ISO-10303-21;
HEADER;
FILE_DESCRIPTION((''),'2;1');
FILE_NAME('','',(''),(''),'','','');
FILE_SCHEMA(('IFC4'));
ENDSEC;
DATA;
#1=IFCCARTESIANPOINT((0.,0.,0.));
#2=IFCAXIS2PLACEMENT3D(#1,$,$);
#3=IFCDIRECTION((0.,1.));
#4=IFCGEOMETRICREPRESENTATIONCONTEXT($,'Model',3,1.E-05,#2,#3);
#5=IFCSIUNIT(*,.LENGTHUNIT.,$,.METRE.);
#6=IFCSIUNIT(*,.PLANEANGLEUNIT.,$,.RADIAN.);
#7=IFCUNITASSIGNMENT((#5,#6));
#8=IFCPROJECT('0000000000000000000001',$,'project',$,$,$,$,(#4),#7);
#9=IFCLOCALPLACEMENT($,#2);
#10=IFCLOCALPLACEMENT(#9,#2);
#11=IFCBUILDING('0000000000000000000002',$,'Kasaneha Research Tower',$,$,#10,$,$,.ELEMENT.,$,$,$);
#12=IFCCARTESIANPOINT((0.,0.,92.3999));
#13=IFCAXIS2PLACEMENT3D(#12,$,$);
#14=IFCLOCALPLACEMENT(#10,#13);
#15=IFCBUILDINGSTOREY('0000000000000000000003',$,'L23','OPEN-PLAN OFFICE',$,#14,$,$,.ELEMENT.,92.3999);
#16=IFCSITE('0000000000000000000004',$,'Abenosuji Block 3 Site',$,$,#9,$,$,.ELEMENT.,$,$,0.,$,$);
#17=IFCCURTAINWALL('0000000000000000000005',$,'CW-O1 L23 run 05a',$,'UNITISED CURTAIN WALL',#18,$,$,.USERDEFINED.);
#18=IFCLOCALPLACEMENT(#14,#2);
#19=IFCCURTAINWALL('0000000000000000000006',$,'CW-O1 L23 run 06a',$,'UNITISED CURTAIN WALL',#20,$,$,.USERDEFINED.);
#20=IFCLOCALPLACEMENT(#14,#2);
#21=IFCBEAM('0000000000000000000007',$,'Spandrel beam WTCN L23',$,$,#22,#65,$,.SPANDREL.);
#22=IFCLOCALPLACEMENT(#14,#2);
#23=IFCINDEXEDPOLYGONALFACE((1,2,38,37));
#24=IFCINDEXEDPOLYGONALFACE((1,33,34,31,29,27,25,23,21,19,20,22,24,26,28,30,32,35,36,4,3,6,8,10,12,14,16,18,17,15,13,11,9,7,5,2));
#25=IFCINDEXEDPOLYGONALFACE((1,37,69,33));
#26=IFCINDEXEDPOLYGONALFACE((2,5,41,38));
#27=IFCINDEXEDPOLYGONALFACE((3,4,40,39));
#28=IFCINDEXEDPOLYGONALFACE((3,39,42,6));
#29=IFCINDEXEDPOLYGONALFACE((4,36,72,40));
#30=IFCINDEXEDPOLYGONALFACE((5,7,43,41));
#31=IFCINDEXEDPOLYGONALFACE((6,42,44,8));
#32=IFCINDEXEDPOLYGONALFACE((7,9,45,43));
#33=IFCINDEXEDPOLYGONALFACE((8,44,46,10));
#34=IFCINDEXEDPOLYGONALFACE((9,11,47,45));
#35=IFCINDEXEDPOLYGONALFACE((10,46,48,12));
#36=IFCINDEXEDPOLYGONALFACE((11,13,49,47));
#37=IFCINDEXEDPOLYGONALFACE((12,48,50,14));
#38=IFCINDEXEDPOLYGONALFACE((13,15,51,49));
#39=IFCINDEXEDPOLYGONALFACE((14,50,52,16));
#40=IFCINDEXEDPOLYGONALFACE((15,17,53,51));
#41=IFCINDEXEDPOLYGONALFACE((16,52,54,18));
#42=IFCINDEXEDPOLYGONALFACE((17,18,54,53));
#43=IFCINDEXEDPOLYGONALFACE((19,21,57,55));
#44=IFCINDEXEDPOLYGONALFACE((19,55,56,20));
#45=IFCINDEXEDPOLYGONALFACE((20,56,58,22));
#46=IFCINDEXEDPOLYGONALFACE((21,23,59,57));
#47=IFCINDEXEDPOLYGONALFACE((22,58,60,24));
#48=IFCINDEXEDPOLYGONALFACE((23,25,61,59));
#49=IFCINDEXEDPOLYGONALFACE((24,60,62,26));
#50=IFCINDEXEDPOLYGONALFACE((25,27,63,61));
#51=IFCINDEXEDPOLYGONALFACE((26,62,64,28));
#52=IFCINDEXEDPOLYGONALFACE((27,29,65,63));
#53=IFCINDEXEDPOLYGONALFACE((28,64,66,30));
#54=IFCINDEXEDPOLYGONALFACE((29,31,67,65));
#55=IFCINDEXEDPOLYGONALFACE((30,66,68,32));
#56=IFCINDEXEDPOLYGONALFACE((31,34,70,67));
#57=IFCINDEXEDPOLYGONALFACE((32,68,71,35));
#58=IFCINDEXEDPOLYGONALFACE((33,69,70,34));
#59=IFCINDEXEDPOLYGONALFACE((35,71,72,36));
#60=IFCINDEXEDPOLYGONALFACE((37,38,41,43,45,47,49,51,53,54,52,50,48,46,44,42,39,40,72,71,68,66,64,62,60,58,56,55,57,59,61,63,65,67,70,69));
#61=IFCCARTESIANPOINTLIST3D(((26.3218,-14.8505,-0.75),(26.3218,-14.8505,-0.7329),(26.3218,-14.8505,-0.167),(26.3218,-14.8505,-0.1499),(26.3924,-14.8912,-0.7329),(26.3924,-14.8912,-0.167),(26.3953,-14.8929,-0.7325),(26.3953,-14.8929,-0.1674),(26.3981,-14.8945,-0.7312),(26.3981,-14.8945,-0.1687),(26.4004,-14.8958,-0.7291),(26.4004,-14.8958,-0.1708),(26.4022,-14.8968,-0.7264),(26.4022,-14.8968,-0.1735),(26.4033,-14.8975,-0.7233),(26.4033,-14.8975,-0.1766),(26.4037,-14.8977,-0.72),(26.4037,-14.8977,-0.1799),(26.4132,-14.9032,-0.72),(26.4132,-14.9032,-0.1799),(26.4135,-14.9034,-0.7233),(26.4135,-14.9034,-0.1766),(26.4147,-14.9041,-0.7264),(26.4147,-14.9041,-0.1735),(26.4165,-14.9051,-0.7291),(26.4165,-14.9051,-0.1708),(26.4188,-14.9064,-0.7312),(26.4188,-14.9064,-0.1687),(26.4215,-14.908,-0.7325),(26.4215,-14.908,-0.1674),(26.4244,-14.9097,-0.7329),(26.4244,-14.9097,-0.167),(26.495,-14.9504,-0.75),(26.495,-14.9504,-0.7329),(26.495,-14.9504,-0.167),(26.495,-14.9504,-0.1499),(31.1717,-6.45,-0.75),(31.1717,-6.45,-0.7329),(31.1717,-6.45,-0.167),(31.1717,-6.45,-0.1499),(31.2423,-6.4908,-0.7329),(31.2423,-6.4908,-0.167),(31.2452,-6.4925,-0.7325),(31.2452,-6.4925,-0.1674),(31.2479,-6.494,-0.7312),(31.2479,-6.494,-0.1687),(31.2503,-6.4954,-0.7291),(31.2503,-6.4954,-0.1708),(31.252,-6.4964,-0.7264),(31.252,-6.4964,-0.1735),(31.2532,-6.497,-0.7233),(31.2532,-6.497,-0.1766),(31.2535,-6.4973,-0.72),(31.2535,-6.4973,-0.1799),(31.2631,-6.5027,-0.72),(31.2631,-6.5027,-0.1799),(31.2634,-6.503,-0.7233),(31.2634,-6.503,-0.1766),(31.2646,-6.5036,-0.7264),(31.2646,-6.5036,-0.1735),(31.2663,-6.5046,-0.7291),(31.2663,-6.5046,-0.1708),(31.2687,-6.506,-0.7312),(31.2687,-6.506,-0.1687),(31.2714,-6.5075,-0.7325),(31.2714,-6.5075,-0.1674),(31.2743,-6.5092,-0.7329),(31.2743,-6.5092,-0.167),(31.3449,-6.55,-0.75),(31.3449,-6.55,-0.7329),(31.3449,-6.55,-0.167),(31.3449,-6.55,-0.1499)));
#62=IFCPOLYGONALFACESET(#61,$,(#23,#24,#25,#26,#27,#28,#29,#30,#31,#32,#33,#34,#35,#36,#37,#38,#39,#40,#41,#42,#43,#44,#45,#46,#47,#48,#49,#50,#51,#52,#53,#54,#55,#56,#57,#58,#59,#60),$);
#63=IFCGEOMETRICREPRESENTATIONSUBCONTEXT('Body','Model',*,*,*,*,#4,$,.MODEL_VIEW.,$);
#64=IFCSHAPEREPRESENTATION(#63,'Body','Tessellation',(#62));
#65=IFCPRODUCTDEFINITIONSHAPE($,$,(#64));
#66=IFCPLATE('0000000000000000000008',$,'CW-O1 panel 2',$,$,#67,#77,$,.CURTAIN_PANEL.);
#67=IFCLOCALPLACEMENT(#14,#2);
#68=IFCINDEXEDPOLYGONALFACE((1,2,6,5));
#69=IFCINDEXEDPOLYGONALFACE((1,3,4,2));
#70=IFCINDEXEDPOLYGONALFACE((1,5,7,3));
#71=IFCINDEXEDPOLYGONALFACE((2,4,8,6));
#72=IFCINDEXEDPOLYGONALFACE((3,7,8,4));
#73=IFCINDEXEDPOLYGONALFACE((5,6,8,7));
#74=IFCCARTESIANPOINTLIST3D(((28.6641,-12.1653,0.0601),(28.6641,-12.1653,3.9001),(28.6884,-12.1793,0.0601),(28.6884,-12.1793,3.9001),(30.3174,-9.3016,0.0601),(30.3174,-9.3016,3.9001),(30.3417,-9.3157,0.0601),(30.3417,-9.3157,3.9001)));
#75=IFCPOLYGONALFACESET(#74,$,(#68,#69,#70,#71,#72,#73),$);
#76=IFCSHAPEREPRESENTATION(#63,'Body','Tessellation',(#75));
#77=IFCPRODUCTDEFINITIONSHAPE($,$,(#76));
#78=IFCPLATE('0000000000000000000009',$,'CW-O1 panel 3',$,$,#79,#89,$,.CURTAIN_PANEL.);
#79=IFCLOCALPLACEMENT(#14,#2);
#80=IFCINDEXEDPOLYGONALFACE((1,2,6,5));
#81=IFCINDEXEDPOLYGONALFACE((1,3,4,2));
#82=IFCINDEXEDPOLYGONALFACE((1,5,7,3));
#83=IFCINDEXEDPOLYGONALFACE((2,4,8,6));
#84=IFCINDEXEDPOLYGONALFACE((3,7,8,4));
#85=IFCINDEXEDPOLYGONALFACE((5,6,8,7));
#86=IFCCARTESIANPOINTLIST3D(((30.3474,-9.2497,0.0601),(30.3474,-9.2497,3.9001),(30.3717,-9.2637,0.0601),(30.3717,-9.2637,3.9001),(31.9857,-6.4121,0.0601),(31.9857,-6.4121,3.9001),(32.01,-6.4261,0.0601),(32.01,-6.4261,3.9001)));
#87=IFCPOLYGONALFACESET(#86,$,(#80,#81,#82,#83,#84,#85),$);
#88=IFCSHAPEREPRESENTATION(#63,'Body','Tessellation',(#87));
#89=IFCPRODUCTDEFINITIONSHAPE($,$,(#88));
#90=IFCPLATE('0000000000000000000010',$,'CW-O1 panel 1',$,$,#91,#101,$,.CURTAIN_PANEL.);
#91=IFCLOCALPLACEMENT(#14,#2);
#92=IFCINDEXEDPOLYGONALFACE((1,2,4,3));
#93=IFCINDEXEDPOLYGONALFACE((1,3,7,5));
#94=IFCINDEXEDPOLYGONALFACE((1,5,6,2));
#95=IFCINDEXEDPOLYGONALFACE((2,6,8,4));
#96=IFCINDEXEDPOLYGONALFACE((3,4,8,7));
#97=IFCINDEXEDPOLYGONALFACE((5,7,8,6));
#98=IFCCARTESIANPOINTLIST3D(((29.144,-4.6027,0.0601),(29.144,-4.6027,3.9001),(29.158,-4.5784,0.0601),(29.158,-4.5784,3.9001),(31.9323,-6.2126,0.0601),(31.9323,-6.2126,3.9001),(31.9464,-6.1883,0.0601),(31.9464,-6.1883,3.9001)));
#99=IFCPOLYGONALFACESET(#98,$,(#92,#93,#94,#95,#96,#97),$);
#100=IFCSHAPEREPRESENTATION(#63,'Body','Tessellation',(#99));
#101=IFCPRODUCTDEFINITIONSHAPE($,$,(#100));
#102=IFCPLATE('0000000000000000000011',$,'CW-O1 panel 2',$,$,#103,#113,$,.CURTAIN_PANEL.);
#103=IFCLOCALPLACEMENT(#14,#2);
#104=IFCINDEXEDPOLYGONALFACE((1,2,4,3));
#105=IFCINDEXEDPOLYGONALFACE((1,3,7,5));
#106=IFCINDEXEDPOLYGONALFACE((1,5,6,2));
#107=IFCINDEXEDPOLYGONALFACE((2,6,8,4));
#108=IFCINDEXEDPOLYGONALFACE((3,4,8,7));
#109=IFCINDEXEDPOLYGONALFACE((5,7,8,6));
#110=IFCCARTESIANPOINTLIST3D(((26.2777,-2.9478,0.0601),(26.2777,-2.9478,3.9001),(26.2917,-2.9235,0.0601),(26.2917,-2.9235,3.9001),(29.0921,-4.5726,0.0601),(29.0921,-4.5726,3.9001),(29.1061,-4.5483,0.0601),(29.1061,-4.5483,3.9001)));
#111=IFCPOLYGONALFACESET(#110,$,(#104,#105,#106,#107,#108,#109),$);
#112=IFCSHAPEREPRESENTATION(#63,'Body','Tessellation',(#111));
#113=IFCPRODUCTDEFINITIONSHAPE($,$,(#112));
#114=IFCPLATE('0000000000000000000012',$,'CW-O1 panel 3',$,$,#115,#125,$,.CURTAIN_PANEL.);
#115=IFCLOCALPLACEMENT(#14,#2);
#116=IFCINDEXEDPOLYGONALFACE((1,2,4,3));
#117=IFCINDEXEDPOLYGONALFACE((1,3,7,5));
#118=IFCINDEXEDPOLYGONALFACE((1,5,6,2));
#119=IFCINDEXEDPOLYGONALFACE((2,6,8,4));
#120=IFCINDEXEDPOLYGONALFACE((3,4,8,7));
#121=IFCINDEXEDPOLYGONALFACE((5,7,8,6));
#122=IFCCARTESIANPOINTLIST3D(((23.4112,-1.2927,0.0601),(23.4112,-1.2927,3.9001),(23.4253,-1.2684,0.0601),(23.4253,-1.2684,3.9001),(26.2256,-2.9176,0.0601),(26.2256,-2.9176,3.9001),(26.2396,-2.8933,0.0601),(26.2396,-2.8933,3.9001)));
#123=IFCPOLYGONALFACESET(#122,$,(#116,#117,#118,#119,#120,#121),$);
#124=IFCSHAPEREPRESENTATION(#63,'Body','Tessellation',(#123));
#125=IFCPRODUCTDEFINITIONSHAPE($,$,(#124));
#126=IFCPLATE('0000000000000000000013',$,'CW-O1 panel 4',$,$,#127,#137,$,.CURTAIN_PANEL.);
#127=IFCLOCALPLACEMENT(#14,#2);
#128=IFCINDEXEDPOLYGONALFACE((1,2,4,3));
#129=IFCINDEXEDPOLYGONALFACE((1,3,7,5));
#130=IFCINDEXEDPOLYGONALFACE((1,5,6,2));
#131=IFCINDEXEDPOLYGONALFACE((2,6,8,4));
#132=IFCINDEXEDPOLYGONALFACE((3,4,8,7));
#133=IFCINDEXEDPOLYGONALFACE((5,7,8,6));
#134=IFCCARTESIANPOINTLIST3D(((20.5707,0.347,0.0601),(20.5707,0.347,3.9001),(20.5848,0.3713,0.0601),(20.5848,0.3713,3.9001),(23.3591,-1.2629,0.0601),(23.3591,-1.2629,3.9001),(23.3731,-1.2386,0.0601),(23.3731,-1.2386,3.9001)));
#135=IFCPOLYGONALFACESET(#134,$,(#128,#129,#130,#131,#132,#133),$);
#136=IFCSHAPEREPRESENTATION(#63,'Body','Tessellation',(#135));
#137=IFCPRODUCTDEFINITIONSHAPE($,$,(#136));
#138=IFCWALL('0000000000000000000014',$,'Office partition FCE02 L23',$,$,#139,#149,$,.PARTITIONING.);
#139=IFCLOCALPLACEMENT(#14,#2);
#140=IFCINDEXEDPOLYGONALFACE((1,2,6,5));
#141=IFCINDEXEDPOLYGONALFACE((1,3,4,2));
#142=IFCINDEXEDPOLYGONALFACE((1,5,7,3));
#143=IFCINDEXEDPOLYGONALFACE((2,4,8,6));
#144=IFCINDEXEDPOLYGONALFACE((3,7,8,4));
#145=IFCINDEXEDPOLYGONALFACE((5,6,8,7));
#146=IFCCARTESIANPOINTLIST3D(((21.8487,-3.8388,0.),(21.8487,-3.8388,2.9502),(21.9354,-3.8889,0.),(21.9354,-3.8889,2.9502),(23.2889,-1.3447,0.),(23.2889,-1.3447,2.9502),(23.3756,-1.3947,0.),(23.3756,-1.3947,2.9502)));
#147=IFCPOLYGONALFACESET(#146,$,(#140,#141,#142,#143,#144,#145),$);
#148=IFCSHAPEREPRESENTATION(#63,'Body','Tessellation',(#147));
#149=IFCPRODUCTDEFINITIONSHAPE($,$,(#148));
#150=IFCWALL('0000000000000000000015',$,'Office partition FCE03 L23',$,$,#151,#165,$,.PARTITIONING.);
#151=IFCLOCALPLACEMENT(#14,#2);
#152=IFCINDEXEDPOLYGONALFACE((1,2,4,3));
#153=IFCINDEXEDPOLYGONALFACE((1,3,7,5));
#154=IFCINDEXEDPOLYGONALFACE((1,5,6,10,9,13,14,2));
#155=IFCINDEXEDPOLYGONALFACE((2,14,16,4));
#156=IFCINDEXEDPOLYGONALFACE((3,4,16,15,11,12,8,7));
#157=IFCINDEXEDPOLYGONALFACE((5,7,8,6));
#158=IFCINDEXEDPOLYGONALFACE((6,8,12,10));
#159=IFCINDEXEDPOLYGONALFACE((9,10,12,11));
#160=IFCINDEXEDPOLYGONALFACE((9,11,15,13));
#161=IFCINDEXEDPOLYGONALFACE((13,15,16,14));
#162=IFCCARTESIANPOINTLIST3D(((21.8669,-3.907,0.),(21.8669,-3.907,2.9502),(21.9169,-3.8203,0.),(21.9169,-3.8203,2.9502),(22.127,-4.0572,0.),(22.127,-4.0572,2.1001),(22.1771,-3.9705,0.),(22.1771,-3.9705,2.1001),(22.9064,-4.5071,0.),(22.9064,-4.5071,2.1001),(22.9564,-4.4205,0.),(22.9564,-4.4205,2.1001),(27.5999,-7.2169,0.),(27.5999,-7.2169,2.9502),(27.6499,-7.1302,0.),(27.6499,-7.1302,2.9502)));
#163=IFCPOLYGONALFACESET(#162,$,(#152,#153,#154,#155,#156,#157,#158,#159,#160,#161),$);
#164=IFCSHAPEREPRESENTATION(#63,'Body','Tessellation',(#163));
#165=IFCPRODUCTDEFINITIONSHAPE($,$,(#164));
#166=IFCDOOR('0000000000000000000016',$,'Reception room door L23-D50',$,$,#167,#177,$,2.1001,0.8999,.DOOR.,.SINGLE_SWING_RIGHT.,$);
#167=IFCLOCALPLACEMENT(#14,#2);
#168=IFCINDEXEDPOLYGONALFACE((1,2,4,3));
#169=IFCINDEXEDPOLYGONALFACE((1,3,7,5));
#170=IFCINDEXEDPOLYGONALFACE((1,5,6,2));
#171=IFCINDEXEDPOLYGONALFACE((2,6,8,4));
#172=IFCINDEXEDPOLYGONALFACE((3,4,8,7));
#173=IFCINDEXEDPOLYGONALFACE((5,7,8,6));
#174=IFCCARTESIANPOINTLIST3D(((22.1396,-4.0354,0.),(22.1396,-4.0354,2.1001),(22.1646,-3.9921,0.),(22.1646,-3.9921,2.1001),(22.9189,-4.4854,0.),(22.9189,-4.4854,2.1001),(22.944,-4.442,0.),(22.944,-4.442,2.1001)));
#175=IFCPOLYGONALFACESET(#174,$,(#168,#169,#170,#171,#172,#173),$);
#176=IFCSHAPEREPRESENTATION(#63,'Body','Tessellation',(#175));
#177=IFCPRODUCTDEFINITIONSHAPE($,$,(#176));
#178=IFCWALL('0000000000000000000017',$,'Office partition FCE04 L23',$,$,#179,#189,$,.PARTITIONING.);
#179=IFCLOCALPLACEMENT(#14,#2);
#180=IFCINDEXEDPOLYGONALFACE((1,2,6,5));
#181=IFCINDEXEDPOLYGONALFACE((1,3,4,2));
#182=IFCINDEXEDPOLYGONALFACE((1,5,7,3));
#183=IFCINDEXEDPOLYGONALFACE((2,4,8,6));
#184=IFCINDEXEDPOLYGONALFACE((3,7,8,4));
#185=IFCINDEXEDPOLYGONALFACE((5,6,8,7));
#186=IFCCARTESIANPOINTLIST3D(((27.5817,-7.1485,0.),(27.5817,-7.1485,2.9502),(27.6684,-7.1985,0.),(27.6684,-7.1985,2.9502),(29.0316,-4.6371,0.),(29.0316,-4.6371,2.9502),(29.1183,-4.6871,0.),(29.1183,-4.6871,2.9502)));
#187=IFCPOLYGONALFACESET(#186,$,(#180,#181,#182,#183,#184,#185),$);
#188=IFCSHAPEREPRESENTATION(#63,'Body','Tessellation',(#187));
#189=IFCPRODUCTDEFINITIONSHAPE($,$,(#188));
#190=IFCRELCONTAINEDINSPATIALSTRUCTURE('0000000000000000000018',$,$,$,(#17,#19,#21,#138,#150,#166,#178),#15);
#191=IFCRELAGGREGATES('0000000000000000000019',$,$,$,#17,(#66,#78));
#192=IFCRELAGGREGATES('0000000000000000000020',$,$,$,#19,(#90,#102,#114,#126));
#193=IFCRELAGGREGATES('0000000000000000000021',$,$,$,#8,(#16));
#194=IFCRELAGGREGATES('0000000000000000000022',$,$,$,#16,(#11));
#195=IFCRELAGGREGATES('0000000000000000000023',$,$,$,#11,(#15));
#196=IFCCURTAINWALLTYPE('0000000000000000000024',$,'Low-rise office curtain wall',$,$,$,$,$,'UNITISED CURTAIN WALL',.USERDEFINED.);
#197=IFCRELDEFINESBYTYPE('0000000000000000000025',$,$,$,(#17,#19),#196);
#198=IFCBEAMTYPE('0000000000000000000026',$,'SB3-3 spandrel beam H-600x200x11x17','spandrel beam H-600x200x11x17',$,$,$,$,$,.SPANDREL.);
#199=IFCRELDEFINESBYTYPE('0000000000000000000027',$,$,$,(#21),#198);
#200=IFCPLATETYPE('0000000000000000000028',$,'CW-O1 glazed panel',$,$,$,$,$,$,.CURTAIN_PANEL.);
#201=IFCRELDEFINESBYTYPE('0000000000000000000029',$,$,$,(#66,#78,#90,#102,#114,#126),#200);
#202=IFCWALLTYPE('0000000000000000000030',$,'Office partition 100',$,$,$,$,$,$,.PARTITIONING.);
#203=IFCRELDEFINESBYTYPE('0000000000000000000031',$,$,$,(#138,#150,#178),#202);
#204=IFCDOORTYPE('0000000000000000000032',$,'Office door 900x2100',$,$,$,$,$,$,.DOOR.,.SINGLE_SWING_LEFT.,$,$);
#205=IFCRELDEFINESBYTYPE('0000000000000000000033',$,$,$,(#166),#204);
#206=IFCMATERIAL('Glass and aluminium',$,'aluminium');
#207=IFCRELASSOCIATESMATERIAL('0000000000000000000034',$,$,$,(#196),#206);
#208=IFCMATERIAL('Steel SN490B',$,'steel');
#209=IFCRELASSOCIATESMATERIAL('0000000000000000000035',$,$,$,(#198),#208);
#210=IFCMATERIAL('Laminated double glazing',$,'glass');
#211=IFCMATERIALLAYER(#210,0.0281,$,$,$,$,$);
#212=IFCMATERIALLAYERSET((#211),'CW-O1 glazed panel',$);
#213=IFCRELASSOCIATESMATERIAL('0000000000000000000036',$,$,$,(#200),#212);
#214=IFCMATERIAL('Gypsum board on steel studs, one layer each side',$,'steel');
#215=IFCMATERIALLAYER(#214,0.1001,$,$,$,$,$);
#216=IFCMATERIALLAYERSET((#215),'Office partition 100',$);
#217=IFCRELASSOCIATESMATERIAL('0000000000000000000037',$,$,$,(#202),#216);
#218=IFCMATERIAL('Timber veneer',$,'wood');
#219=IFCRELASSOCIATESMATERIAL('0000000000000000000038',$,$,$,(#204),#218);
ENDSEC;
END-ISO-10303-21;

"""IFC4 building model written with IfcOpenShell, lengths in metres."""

from ifc_helpers import new_model, si_unit, direction, frame, frame_2d, origin, origin_2d, place, context, subcontext, project, spatial, rectangle, i_section, extrude, material, layer, layer_set, material_profile, profile_set, type_object, element, fill, aggregate, save


model = new_model("IFC4")

# Units and contexts
model_context = context("Model", 3, precision=1e-05, world=origin(), true_north=direction((0.0, 1.0)))
body_context = subcontext(model_context, "Body", "Model", "MODEL_VIEW")
ifc_project = project(units=[si_unit("LENGTHUNIT", "METRE"), si_unit("PLANEANGLEUNIT", "RADIAN")], contexts=[model_context])

# Site, building, storey
site_placement = place(None, origin())
site = spatial("IfcSite", under=ifc_project, at=site_placement, Name="Abenosuji Block 3 Site", CompositionType="ELEMENT", RefElevation=0.0)
building_placement = place(site_placement, origin())
building = spatial("IfcBuilding", under=site, at=building_placement, Name="Kasaneha Research Tower", CompositionType="ELEMENT")
storey_placement = place(building_placement, frame((0.0, 0.0, 92.3999)))
storey = spatial("IfcBuildingStorey", under=building, at=storey_placement, Name="L23", Description="OPEN-PLAN OFFICE", CompositionType="ELEMENT", Elevation=92.3999)

# Curtain walls
ifc_material_1 = material(Name="Glass and aluminium", Category="aluminium")
curtain_wall_type = type_object("IfcCurtainWallType", Name="Low-rise office curtain wall", ElementType="UNITISED CURTAIN WALL", PredefinedType="USERDEFINED", material=ifc_material_1)
curtain_wall_1_placement = place(storey_placement, origin())
curtain_wall_1 = element("IfcCurtainWall", 1, at=curtain_wall_1_placement, inside=storey, type_object=curtain_wall_type, Name="CW-O1 L23 run 05a", ObjectType="UNITISED CURTAIN WALL", PredefinedType="USERDEFINED")
curtain_wall_2_placement = place(storey_placement, origin())
curtain_wall_2 = element("IfcCurtainWall", 2, at=curtain_wall_2_placement, inside=storey, type_object=curtain_wall_type, Name="CW-O1 L23 run 06a", ObjectType="UNITISED CURTAIN WALL", PredefinedType="USERDEFINED")

# Beam
ifc_material_2 = material(Name="Steel SN490B", Category="steel")
ifc_material_profile_1 = material_profile(ifc_material_2, i_section(OverallWidth=0.2, OverallDepth=0.6001, WebThickness=0.011, FlangeThickness=0.0171, FilletRadius=0.0129, at=origin_2d()), Name="H-600x200x11x17")
ifc_profile_set_1 = profile_set([ifc_material_profile_1], Name="Steel SN490B")
beam_type_1 = type_object("IfcBeamType", Name="SB3-3 spandrel beam H-600x200x11x17", Description="spandrel beam H-600x200x11x17", PredefinedType="SPANDREL", material=ifc_profile_set_1)
beam_1_placement = place(storey_placement, frame((31.2583, -6.5, -0.45), z_axis=(-0.499991, -0.866031, 0.0), x_axis=(0.866031, -0.499991, 0.0)))
element("IfcBeam", 3, at=beam_1_placement, inside=storey, type_object=beam_type_1, Name="Spandrel beam WTCN L23", PredefinedType="SPANDREL", context=body_context, shape_type="SweptSolid", body=[
    extrude(i_section(OverallWidth=0.2, OverallDepth=0.6001, WebThickness=0.011, FlangeThickness=0.0171, FilletRadius=0.0129, at=origin_2d()), origin(), (0.0, 0.0, 1.0), 9.7),
])

# Plates
ifc_material_3 = material(Name="Laminated double glazing", Category="glass")
ifc_layer_1 = layer(ifc_material_3, 0.0281)
ifc_layer_set_1 = layer_set([ifc_layer_1], Name="CW-O1 glazed panel")
plate_type = type_object("IfcPlateType", Name="CW-O1 glazed panel", PredefinedType="CURTAIN_PANEL", material=ifc_layer_set_1)
plate_1_placement = place(storey_placement, frame((29.5029, -10.7405, 0.0601), z_axis=(0.0, 0.0, 1.0), x_axis=(0.5, 0.866025, 0.0)))
plate_1 = element("IfcPlate", 4, at=plate_1_placement, type_object=plate_type, Name="CW-O1 panel 2", PredefinedType="CURTAIN_PANEL", context=body_context, shape_type="SweptSolid", body=[
    extrude(rectangle(XDim=3.3066, YDim=0.0281, at=origin_2d()), origin(), (0.0, 0.0, 1.0), 3.8401),
])
plate_2_placement = place(storey_placement, frame((31.1787, -7.8379, 0.0601), z_axis=(0.0, 0.0, 1.0), x_axis=(0.5, 0.866025, 0.0)))
plate_2 = element("IfcPlate", 5, at=plate_2_placement, type_object=plate_type, Name="CW-O1 panel 3", PredefinedType="CURTAIN_PANEL", context=body_context, shape_type="SweptSolid", body=[
    extrude(rectangle(XDim=3.2766, YDim=0.0281, at=origin_2d()), origin(), (0.0, 0.0, 1.0), 3.8401),
])
aggregate(curtain_wall_1, [plate_1, plate_2])
plate_3_placement = place(storey_placement, frame((30.5452, -5.3955, 0.0601), z_axis=(0.0, 0.0, 1.0), x_axis=(-0.866025, 0.5, 0.0)))
plate_3 = element("IfcPlate", 6, at=plate_3_placement, type_object=plate_type, Name="CW-O1 panel 1", PredefinedType="CURTAIN_PANEL", context=body_context, shape_type="SweptSolid", body=[
    extrude(rectangle(XDim=3.2197, YDim=0.0281, at=origin_2d()), origin(), (0.0, 0.0, 1.0), 3.8401),
])
plate_4_placement = place(storey_placement, frame((27.6919, -3.748, 0.0601), z_axis=(0.0, 0.0, 1.0), x_axis=(-0.866025, 0.5, 0.0)))
plate_4 = element("IfcPlate", 7, at=plate_4_placement, type_object=plate_type, Name="CW-O1 panel 2", PredefinedType="CURTAIN_PANEL", context=body_context, shape_type="SweptSolid", body=[
    extrude(rectangle(XDim=3.2498, YDim=0.0281, at=origin_2d()), origin(), (0.0, 0.0, 1.0), 3.8401),
])
plate_5_placement = place(storey_placement, frame((24.8254, -2.093, 0.0601), z_axis=(0.0, 0.0, 1.0), x_axis=(-0.866025, 0.5, 0.0)))
plate_5 = element("IfcPlate", 8, at=plate_5_placement, type_object=plate_type, Name="CW-O1 panel 3", PredefinedType="CURTAIN_PANEL", context=body_context, shape_type="SweptSolid", body=[
    extrude(rectangle(XDim=3.2498, YDim=0.0281, at=origin_2d()), origin(), (0.0, 0.0, 1.0), 3.8401),
])
plate_6_placement = place(storey_placement, frame((21.9719, -0.4458, 0.0601), z_axis=(0.0, 0.0, 1.0), x_axis=(-0.866025, 0.5, 0.0)))
plate_6 = element("IfcPlate", 9, at=plate_6_placement, type_object=plate_type, Name="CW-O1 panel 4", PredefinedType="CURTAIN_PANEL", context=body_context, shape_type="SweptSolid", body=[
    extrude(rectangle(XDim=3.2197, YDim=0.0281, at=origin_2d()), origin(), (0.0, 0.0, 1.0), 3.8401),
])
aggregate(curtain_wall_2, [plate_3, plate_4, plate_5, plate_6])

# Wall
ifc_material_4 = material(Name="Gypsum board on steel studs, one layer each side", Category="steel")
ifc_layer_2 = layer(ifc_material_4, 0.1001)
ifc_layer_set_2 = layer_set([ifc_layer_2], Name="Office partition 100")
wall_type_1 = type_object("IfcWallType", Name="Office partition 100", PredefinedType="PARTITIONING", material=ifc_layer_set_2)
wall_1_placement = place(storey_placement, frame((21.8921, -3.8638, 0.0), z_axis=(0.0, 0.0, 1.0), x_axis=(0.50005, 0.865996, 0.0)))
element("IfcWall", 10, at=wall_1_placement, inside=storey, type_object=wall_type_1, Name="Office partition FCE02 L23", PredefinedType="PARTITIONING", context=body_context, shape_type="SweptSolid", body=[
    extrude(rectangle(XDim=2.8801, YDim=0.1001, at=frame_2d((1.4399, 0.0))), origin(), (0.0, 0.0, 1.0), 2.9502),
])

# Wall, opening, door
wall_2_placement = place(storey_placement, frame((27.625, -7.1736, 0.0), z_axis=(0.0, 0.0, 1.0), x_axis=(-0.866031, 0.499991, 0.0)))
wall_2 = element("IfcWall", 11, at=wall_2_placement, inside=storey, type_object=wall_type_1, Name="Office partition FCE03 L23", PredefinedType="PARTITIONING", context=body_context, shape_type="SweptSolid", body=[
    extrude(rectangle(XDim=6.6199, YDim=0.1001, at=frame_2d((3.3101, 0.0))), origin(), (0.0, 0.0, 1.0), 2.9502),
])
opening_placement = place(wall_2_placement, frame((5.4197, 0.0, 0.0)))
opening = element("IfcOpeningElement", 12, at=opening_placement, cuts=wall_2, PredefinedType="OPENING", context=body_context, shape_type="SweptSolid", body=[
    extrude(rectangle(XDim=0.8999, YDim=2.1001, at=frame_2d((0.45, 1.05))), frame((0.0, 0.0601, 0.0), z_axis=(0.0, -1.0, 0.0), x_axis=(1.0, 0.0, 0.0)), (0.0, 0.0, 1.0), 0.1201),
])
ifc_material_5 = material(Name="Timber veneer", Category="wood")
door_type = type_object("IfcDoorType", Name="Office door 900x2100", OperationType="SINGLE_SWING_LEFT", PredefinedType="DOOR", material=ifc_material_5)
door_placement = place(opening_placement, origin())
door = element("IfcDoor", 13, at=door_placement, inside=storey, type_object=door_type, Name="Reception room door L23-D50", OperationType="SINGLE_SWING_RIGHT", OverallHeight=2.1001, OverallWidth=0.8999, PredefinedType="DOOR", context=body_context, shape_type="SweptSolid", body=[
    extrude(rectangle(XDim=0.8999, YDim=2.1001, at=frame_2d((0.45, 1.05))), frame((0.0, 0.0249, 0.0), z_axis=(0.0, -1.0, 0.0), x_axis=(1.0, 0.0, 0.0)), (0.0, 0.0, 1.0), 0.05),
])
fill(opening, door)

# Wall
wall_3_placement = place(storey_placement, frame((29.075, -4.6621, 0.0), z_axis=(0.0, 0.0, 1.0), x_axis=(-0.499987, -0.866033, 0.0)))
element("IfcWall", 14, at=wall_3_placement, inside=storey, type_object=wall_type_1, Name="Office partition FCE04 L23", PredefinedType="PARTITIONING", context=body_context, shape_type="SweptSolid", body=[
    extrude(rectangle(XDim=2.8999, YDim=0.1001, at=frame_2d((1.45, 0.0))), origin(), (0.0, 0.0, 1.0), 2.9502),
])

save(model, "model.ifc")
